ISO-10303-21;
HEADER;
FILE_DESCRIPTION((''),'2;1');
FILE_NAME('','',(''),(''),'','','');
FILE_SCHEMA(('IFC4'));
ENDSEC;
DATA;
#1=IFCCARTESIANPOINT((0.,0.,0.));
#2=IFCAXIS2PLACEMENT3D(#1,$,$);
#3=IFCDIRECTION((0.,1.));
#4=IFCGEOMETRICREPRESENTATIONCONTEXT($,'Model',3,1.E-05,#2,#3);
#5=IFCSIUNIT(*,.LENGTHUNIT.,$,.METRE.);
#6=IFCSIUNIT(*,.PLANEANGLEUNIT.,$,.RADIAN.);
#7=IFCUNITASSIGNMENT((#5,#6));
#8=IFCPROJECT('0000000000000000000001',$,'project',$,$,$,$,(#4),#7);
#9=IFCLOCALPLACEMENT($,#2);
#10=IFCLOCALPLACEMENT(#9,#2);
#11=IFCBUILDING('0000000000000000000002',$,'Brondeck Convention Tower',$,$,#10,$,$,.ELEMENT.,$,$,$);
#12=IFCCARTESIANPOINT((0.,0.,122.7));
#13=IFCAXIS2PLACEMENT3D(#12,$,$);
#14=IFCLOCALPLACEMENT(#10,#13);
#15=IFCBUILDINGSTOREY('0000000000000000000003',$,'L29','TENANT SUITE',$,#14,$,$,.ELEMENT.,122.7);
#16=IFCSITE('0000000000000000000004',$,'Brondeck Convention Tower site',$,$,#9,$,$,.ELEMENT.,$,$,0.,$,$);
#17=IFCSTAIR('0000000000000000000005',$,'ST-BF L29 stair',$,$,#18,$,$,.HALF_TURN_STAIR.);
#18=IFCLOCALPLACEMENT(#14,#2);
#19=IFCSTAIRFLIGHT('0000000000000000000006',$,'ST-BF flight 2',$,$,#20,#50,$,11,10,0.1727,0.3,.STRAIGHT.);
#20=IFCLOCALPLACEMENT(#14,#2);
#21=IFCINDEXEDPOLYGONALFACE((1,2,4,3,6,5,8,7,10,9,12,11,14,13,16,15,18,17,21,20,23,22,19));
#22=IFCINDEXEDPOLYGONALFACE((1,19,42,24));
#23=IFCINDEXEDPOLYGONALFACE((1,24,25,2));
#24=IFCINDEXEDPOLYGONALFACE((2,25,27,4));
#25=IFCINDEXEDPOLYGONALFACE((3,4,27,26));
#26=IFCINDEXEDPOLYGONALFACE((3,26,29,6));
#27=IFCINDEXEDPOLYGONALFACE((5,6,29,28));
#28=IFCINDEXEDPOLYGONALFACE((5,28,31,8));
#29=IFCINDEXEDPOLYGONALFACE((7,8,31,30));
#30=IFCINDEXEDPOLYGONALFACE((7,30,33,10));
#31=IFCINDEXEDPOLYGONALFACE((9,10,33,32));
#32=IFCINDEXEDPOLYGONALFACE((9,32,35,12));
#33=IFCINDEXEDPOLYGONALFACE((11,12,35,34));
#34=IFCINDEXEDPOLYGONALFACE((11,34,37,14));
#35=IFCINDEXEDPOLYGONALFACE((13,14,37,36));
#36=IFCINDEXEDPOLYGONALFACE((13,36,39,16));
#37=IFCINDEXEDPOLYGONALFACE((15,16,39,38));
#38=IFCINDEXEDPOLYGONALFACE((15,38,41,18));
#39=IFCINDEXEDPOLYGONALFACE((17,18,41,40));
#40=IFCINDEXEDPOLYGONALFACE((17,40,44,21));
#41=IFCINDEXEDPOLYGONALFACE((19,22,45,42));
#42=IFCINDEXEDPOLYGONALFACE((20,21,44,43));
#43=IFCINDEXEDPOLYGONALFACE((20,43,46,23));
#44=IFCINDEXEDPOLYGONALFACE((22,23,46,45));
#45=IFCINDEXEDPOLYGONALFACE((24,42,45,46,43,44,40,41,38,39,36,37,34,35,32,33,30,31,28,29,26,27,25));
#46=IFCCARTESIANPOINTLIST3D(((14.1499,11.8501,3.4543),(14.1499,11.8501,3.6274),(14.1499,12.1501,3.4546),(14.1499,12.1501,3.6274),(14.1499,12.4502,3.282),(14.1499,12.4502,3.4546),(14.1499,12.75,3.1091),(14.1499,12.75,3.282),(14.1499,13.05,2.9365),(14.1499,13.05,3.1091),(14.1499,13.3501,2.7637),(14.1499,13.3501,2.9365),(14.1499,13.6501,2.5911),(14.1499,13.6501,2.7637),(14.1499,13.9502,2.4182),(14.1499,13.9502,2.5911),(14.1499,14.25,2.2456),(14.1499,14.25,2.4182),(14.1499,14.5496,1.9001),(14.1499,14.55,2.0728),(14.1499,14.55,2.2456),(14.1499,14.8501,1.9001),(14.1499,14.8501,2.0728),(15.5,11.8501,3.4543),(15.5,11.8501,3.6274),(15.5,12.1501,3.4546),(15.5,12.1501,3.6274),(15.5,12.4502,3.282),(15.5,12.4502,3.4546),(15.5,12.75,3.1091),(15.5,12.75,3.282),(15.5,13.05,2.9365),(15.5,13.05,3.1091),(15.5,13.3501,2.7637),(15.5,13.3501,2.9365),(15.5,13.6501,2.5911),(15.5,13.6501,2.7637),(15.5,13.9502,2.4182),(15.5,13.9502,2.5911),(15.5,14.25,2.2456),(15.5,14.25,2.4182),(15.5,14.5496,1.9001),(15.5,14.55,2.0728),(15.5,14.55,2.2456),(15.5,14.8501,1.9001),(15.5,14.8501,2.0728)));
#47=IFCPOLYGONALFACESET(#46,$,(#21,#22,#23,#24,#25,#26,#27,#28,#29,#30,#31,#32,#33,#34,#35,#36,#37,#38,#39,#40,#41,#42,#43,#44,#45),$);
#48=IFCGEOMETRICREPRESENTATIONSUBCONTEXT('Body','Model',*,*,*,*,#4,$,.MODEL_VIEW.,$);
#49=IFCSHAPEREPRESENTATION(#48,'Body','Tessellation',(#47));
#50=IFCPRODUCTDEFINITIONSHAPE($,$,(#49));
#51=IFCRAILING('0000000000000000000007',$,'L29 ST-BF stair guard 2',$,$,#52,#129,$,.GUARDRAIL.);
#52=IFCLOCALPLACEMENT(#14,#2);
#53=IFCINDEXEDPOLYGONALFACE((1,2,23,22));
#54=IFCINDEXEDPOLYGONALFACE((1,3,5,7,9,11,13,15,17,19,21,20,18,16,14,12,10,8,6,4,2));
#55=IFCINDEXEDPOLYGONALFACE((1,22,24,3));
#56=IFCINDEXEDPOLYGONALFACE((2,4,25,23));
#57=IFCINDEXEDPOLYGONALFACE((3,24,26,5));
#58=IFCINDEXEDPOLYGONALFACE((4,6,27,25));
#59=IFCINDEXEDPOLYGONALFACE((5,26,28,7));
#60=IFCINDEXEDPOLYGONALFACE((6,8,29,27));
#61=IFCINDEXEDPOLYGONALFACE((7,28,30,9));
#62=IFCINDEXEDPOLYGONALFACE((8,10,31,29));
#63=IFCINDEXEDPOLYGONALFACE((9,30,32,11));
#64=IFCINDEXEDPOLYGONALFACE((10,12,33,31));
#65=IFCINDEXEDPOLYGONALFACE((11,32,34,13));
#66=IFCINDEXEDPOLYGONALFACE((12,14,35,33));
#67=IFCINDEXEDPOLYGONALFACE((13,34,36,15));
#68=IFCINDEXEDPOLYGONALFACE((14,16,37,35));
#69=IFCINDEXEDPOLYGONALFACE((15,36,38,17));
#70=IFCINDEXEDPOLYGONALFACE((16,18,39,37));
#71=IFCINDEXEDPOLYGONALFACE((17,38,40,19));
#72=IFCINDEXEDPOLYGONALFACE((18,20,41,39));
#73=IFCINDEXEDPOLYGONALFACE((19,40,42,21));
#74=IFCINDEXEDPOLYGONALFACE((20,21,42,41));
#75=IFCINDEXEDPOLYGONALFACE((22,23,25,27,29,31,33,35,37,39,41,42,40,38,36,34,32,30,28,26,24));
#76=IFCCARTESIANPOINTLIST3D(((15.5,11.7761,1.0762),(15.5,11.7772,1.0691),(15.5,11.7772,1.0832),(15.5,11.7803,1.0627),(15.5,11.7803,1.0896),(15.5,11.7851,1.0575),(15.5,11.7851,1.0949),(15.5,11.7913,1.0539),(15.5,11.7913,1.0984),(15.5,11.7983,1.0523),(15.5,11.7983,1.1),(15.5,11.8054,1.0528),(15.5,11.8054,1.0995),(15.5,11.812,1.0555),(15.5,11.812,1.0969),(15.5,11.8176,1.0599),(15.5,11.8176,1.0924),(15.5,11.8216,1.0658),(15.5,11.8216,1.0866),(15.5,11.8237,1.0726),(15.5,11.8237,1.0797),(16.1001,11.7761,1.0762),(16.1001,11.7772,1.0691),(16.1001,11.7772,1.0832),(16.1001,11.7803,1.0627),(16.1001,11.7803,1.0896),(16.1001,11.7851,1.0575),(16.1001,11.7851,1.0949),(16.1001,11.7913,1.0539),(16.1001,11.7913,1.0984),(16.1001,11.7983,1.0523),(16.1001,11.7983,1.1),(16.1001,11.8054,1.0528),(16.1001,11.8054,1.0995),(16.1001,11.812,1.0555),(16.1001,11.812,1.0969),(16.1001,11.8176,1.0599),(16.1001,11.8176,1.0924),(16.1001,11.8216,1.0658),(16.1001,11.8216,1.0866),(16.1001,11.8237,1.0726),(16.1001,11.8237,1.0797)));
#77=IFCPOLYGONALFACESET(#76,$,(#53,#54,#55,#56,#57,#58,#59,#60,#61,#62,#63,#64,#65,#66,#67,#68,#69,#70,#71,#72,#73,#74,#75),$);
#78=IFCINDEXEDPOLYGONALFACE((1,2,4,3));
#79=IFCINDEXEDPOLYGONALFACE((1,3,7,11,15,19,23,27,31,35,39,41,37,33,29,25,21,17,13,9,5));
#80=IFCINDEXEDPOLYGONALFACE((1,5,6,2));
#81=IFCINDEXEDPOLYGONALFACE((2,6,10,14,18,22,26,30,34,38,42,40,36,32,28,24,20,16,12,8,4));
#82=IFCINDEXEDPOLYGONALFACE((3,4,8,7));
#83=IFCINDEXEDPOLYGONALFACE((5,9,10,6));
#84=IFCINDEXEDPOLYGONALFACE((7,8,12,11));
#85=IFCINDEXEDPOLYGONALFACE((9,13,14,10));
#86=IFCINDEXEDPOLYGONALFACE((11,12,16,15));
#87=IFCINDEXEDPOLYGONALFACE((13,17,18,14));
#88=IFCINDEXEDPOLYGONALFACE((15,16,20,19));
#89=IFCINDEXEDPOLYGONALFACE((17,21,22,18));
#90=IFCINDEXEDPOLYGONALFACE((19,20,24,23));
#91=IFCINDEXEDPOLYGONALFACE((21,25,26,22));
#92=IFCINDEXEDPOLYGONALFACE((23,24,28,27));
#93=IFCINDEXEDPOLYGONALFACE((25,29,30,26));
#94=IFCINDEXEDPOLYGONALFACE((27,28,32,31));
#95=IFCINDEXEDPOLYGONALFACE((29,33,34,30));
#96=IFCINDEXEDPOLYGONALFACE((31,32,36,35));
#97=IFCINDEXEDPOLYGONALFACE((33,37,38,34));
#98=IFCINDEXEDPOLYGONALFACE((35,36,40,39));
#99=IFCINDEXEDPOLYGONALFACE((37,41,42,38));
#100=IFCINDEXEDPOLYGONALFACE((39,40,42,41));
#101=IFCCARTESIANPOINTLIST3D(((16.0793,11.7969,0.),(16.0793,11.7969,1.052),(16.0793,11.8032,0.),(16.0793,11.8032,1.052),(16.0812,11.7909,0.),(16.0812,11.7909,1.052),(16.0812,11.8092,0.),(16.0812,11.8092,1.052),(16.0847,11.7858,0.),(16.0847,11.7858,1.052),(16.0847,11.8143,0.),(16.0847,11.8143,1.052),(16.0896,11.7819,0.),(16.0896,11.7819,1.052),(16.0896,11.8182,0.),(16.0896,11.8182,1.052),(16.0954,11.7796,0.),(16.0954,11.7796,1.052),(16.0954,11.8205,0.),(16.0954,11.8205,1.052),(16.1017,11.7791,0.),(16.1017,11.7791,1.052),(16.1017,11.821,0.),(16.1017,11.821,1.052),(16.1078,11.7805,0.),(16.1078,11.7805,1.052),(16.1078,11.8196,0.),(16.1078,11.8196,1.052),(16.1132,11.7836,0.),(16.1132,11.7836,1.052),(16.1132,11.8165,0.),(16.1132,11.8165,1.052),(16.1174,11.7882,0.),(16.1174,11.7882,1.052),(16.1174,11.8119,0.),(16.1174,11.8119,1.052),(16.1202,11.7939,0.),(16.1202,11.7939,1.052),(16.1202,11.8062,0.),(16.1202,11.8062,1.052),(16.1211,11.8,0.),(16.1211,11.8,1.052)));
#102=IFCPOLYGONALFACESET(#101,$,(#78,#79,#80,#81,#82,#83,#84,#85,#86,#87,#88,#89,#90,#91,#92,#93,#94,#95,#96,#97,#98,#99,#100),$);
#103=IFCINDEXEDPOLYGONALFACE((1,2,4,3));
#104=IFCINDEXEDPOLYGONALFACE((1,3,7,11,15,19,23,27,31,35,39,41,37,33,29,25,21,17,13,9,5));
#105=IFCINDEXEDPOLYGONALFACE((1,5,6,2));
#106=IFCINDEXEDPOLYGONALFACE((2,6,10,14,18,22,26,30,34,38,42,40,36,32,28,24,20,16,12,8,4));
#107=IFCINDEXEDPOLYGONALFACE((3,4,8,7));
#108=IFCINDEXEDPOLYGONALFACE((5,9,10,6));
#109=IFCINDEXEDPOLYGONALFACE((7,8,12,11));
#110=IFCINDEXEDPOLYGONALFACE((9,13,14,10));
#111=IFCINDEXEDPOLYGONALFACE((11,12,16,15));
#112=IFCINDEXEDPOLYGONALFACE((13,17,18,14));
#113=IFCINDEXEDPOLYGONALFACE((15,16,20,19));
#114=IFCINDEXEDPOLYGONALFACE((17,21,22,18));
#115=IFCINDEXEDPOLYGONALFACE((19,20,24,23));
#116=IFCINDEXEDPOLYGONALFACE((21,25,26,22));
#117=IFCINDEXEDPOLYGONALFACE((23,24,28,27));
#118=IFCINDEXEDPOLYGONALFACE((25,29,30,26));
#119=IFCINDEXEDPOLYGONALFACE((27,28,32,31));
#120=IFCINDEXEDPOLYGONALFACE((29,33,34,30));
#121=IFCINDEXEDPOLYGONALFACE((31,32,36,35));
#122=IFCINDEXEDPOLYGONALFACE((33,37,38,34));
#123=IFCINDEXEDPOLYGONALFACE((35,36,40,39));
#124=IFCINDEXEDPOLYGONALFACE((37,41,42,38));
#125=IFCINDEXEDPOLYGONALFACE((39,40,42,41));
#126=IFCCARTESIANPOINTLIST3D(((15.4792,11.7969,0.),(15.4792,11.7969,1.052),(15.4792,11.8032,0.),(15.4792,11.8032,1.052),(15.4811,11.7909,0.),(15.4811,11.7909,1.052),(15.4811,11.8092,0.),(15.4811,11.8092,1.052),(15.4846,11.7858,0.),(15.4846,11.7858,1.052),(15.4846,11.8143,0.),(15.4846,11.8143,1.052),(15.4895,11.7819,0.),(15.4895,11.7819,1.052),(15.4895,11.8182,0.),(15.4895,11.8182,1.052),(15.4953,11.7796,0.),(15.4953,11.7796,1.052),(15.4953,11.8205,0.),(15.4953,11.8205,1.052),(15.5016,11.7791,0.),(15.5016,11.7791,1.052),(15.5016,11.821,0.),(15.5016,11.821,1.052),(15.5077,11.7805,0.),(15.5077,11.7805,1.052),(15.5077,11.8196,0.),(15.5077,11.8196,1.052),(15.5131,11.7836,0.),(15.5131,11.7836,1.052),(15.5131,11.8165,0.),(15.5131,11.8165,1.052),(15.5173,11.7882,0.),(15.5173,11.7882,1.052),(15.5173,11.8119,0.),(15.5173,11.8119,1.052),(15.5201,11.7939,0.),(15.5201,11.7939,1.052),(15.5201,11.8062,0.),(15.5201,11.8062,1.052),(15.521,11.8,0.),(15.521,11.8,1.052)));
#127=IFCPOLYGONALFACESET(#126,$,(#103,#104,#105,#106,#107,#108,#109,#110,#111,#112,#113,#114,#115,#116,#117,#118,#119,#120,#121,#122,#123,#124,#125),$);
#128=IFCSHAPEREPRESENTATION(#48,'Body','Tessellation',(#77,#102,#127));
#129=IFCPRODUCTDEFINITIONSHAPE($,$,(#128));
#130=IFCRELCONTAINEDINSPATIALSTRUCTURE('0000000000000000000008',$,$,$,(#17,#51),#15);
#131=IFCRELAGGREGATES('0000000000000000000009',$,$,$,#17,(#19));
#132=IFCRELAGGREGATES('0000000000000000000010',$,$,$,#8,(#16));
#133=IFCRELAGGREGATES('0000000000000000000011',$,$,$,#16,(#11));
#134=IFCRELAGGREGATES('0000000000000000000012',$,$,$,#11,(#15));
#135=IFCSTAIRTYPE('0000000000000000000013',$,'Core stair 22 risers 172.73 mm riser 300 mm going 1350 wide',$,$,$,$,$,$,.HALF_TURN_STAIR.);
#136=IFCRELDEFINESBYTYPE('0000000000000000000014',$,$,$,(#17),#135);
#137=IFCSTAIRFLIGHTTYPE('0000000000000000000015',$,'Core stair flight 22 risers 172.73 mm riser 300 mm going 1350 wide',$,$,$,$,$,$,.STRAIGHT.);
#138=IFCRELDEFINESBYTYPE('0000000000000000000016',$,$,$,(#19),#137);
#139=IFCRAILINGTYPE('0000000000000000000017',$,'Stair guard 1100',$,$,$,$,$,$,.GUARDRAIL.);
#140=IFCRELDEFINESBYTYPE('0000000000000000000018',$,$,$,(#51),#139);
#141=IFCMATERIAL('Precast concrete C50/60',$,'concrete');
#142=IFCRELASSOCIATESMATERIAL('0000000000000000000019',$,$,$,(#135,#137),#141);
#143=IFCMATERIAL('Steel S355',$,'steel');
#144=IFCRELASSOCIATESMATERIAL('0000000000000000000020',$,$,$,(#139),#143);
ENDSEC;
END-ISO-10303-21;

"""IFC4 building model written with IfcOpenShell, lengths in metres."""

from ifc_helpers import new_model, si_unit, direction, frame, origin, origin_2d, place, context, subcontext, project, spatial, polyline, circle, outline, extrude, material, type_object, element, aggregate, save


model = new_model("IFC4")

# Units and contexts
model_context = context("Model", 3, precision=1e-05, world=origin(), true_north=direction((0.0, 1.0)))
body_context = subcontext(model_context, "Body", "Model", "MODEL_VIEW")
ifc_project = project(units=[si_unit("LENGTHUNIT", "METRE"), si_unit("PLANEANGLEUNIT", "RADIAN")], contexts=[model_context])

# Site, building, storey
site_placement = place(None, origin())
site = spatial("IfcSite", under=ifc_project, at=site_placement, Name="Brondeck Convention Tower site", CompositionType="ELEMENT", RefElevation=0.0)
building_placement = place(site_placement, origin())
building = spatial("IfcBuilding", under=site, at=building_placement, Name="Brondeck Convention Tower", CompositionType="ELEMENT")
storey_placement = place(building_placement, frame((0.0, 0.0, 122.7)))
storey = spatial("IfcBuildingStorey", under=building, at=storey_placement, Name="L29", Description="TENANT SUITE", CompositionType="ELEMENT", Elevation=122.7)

# Shared definitions
ifc_material_1 = material(Name="Steel S355", Category="steel")

# Stair, stair flight
ifc_material_2 = material(Name="Precast concrete C50/60", Category="concrete")
stair_type = type_object("IfcStairType", Name="Core stair 22 risers 172.73 mm riser 300 mm going 1350 wide", PredefinedType="HALF_TURN_STAIR", material=ifc_material_2)
stair_placement = place(storey_placement, origin())
stair = element("IfcStair", 1, at=stair_placement, inside=storey, type_object=stair_type, Name="ST-BF L29 stair", PredefinedType="HALF_TURN_STAIR")
stair_flight_type = type_object("IfcStairFlightType", Name="Core stair flight 22 risers 172.73 mm riser 300 mm going 1350 wide", PredefinedType="STRAIGHT", material=ifc_material_2)
stair_flight_1_placement = place(storey_placement, frame((14.825, 14.8501, 1.9001), z_axis=(0.0, 0.0, 1.0), x_axis=(0.0, -1.0, 0.0)))
stair_flight_1 = element("IfcStairFlight", 2, at=stair_flight_1_placement, type_object=stair_flight_type, Name="ST-BF flight 2", NumberOfRisers=11, NumberOfTreads=10, PredefinedType="STRAIGHT", RiserHeight=0.1727, TreadLength=0.3, context=body_context, shape_type="SweptSolid", body=[
    extrude(outline(polyline([(0.0, 0.0), (0.0, 0.1726), (0.3, 0.1726), (0.3, 0.3455), (0.6001, 0.3455), (0.6001, 0.5181), (0.8999, 0.5181), (0.8999, 0.6909), (1.2, 0.6909), (1.2, 0.8635), (1.5, 0.8635), (1.5, 1.0364), (1.8, 1.0364), (1.8, 1.209), (2.1001, 1.209), (2.1001, 1.3818), (2.3999, 1.3818), (2.3999, 1.5544), (2.7, 1.5544), (2.7, 1.7273), (3.0, 1.7273), (3.0, 1.8999), (3.0, 1.5542), (0.3005, 0.0), (0.0, 0.0)])), frame((0.0, 0.675, 0.0), z_axis=(0.0, -1.0, 0.0), x_axis=(1.0, 0.0, 0.0)), (0.0, 0.0, 1.0), 1.3501),
])
aggregate(stair, [stair_flight_1])

# Railing
railing_type_1 = type_object("IfcRailingType", Name="Stair guard 1100", PredefinedType="GUARDRAIL", material=ifc_material_1)
railing_1_placement = place(storey_placement, frame((16.1001, 11.8, 0.0)))
element("IfcRailing", 3, at=railing_1_placement, inside=storey, type_object=railing_type_1, Name="L29 ST-BF stair guard 2", PredefinedType="GUARDRAIL", context=body_context, shape_type="SweptSolid", body=[
    extrude(circle(Radius=0.0239, at=origin_2d()), frame((0.0, 0.0, 1.0762), z_axis=(-1.0, 0.0, 0.0), x_axis=(0.0, -1.0, 0.0)), (0.0, 0.0, 1.0), 0.6001),
    extrude(circle(Radius=0.021, at=origin_2d()), origin(), (0.0, 0.0, 1.0), 1.052),
    extrude(circle(Radius=0.021, at=origin_2d()), frame((-0.6001, 0.0, 0.0)), (0.0, 0.0, 1.0), 1.052),
])

save(model, "model.ifc")
